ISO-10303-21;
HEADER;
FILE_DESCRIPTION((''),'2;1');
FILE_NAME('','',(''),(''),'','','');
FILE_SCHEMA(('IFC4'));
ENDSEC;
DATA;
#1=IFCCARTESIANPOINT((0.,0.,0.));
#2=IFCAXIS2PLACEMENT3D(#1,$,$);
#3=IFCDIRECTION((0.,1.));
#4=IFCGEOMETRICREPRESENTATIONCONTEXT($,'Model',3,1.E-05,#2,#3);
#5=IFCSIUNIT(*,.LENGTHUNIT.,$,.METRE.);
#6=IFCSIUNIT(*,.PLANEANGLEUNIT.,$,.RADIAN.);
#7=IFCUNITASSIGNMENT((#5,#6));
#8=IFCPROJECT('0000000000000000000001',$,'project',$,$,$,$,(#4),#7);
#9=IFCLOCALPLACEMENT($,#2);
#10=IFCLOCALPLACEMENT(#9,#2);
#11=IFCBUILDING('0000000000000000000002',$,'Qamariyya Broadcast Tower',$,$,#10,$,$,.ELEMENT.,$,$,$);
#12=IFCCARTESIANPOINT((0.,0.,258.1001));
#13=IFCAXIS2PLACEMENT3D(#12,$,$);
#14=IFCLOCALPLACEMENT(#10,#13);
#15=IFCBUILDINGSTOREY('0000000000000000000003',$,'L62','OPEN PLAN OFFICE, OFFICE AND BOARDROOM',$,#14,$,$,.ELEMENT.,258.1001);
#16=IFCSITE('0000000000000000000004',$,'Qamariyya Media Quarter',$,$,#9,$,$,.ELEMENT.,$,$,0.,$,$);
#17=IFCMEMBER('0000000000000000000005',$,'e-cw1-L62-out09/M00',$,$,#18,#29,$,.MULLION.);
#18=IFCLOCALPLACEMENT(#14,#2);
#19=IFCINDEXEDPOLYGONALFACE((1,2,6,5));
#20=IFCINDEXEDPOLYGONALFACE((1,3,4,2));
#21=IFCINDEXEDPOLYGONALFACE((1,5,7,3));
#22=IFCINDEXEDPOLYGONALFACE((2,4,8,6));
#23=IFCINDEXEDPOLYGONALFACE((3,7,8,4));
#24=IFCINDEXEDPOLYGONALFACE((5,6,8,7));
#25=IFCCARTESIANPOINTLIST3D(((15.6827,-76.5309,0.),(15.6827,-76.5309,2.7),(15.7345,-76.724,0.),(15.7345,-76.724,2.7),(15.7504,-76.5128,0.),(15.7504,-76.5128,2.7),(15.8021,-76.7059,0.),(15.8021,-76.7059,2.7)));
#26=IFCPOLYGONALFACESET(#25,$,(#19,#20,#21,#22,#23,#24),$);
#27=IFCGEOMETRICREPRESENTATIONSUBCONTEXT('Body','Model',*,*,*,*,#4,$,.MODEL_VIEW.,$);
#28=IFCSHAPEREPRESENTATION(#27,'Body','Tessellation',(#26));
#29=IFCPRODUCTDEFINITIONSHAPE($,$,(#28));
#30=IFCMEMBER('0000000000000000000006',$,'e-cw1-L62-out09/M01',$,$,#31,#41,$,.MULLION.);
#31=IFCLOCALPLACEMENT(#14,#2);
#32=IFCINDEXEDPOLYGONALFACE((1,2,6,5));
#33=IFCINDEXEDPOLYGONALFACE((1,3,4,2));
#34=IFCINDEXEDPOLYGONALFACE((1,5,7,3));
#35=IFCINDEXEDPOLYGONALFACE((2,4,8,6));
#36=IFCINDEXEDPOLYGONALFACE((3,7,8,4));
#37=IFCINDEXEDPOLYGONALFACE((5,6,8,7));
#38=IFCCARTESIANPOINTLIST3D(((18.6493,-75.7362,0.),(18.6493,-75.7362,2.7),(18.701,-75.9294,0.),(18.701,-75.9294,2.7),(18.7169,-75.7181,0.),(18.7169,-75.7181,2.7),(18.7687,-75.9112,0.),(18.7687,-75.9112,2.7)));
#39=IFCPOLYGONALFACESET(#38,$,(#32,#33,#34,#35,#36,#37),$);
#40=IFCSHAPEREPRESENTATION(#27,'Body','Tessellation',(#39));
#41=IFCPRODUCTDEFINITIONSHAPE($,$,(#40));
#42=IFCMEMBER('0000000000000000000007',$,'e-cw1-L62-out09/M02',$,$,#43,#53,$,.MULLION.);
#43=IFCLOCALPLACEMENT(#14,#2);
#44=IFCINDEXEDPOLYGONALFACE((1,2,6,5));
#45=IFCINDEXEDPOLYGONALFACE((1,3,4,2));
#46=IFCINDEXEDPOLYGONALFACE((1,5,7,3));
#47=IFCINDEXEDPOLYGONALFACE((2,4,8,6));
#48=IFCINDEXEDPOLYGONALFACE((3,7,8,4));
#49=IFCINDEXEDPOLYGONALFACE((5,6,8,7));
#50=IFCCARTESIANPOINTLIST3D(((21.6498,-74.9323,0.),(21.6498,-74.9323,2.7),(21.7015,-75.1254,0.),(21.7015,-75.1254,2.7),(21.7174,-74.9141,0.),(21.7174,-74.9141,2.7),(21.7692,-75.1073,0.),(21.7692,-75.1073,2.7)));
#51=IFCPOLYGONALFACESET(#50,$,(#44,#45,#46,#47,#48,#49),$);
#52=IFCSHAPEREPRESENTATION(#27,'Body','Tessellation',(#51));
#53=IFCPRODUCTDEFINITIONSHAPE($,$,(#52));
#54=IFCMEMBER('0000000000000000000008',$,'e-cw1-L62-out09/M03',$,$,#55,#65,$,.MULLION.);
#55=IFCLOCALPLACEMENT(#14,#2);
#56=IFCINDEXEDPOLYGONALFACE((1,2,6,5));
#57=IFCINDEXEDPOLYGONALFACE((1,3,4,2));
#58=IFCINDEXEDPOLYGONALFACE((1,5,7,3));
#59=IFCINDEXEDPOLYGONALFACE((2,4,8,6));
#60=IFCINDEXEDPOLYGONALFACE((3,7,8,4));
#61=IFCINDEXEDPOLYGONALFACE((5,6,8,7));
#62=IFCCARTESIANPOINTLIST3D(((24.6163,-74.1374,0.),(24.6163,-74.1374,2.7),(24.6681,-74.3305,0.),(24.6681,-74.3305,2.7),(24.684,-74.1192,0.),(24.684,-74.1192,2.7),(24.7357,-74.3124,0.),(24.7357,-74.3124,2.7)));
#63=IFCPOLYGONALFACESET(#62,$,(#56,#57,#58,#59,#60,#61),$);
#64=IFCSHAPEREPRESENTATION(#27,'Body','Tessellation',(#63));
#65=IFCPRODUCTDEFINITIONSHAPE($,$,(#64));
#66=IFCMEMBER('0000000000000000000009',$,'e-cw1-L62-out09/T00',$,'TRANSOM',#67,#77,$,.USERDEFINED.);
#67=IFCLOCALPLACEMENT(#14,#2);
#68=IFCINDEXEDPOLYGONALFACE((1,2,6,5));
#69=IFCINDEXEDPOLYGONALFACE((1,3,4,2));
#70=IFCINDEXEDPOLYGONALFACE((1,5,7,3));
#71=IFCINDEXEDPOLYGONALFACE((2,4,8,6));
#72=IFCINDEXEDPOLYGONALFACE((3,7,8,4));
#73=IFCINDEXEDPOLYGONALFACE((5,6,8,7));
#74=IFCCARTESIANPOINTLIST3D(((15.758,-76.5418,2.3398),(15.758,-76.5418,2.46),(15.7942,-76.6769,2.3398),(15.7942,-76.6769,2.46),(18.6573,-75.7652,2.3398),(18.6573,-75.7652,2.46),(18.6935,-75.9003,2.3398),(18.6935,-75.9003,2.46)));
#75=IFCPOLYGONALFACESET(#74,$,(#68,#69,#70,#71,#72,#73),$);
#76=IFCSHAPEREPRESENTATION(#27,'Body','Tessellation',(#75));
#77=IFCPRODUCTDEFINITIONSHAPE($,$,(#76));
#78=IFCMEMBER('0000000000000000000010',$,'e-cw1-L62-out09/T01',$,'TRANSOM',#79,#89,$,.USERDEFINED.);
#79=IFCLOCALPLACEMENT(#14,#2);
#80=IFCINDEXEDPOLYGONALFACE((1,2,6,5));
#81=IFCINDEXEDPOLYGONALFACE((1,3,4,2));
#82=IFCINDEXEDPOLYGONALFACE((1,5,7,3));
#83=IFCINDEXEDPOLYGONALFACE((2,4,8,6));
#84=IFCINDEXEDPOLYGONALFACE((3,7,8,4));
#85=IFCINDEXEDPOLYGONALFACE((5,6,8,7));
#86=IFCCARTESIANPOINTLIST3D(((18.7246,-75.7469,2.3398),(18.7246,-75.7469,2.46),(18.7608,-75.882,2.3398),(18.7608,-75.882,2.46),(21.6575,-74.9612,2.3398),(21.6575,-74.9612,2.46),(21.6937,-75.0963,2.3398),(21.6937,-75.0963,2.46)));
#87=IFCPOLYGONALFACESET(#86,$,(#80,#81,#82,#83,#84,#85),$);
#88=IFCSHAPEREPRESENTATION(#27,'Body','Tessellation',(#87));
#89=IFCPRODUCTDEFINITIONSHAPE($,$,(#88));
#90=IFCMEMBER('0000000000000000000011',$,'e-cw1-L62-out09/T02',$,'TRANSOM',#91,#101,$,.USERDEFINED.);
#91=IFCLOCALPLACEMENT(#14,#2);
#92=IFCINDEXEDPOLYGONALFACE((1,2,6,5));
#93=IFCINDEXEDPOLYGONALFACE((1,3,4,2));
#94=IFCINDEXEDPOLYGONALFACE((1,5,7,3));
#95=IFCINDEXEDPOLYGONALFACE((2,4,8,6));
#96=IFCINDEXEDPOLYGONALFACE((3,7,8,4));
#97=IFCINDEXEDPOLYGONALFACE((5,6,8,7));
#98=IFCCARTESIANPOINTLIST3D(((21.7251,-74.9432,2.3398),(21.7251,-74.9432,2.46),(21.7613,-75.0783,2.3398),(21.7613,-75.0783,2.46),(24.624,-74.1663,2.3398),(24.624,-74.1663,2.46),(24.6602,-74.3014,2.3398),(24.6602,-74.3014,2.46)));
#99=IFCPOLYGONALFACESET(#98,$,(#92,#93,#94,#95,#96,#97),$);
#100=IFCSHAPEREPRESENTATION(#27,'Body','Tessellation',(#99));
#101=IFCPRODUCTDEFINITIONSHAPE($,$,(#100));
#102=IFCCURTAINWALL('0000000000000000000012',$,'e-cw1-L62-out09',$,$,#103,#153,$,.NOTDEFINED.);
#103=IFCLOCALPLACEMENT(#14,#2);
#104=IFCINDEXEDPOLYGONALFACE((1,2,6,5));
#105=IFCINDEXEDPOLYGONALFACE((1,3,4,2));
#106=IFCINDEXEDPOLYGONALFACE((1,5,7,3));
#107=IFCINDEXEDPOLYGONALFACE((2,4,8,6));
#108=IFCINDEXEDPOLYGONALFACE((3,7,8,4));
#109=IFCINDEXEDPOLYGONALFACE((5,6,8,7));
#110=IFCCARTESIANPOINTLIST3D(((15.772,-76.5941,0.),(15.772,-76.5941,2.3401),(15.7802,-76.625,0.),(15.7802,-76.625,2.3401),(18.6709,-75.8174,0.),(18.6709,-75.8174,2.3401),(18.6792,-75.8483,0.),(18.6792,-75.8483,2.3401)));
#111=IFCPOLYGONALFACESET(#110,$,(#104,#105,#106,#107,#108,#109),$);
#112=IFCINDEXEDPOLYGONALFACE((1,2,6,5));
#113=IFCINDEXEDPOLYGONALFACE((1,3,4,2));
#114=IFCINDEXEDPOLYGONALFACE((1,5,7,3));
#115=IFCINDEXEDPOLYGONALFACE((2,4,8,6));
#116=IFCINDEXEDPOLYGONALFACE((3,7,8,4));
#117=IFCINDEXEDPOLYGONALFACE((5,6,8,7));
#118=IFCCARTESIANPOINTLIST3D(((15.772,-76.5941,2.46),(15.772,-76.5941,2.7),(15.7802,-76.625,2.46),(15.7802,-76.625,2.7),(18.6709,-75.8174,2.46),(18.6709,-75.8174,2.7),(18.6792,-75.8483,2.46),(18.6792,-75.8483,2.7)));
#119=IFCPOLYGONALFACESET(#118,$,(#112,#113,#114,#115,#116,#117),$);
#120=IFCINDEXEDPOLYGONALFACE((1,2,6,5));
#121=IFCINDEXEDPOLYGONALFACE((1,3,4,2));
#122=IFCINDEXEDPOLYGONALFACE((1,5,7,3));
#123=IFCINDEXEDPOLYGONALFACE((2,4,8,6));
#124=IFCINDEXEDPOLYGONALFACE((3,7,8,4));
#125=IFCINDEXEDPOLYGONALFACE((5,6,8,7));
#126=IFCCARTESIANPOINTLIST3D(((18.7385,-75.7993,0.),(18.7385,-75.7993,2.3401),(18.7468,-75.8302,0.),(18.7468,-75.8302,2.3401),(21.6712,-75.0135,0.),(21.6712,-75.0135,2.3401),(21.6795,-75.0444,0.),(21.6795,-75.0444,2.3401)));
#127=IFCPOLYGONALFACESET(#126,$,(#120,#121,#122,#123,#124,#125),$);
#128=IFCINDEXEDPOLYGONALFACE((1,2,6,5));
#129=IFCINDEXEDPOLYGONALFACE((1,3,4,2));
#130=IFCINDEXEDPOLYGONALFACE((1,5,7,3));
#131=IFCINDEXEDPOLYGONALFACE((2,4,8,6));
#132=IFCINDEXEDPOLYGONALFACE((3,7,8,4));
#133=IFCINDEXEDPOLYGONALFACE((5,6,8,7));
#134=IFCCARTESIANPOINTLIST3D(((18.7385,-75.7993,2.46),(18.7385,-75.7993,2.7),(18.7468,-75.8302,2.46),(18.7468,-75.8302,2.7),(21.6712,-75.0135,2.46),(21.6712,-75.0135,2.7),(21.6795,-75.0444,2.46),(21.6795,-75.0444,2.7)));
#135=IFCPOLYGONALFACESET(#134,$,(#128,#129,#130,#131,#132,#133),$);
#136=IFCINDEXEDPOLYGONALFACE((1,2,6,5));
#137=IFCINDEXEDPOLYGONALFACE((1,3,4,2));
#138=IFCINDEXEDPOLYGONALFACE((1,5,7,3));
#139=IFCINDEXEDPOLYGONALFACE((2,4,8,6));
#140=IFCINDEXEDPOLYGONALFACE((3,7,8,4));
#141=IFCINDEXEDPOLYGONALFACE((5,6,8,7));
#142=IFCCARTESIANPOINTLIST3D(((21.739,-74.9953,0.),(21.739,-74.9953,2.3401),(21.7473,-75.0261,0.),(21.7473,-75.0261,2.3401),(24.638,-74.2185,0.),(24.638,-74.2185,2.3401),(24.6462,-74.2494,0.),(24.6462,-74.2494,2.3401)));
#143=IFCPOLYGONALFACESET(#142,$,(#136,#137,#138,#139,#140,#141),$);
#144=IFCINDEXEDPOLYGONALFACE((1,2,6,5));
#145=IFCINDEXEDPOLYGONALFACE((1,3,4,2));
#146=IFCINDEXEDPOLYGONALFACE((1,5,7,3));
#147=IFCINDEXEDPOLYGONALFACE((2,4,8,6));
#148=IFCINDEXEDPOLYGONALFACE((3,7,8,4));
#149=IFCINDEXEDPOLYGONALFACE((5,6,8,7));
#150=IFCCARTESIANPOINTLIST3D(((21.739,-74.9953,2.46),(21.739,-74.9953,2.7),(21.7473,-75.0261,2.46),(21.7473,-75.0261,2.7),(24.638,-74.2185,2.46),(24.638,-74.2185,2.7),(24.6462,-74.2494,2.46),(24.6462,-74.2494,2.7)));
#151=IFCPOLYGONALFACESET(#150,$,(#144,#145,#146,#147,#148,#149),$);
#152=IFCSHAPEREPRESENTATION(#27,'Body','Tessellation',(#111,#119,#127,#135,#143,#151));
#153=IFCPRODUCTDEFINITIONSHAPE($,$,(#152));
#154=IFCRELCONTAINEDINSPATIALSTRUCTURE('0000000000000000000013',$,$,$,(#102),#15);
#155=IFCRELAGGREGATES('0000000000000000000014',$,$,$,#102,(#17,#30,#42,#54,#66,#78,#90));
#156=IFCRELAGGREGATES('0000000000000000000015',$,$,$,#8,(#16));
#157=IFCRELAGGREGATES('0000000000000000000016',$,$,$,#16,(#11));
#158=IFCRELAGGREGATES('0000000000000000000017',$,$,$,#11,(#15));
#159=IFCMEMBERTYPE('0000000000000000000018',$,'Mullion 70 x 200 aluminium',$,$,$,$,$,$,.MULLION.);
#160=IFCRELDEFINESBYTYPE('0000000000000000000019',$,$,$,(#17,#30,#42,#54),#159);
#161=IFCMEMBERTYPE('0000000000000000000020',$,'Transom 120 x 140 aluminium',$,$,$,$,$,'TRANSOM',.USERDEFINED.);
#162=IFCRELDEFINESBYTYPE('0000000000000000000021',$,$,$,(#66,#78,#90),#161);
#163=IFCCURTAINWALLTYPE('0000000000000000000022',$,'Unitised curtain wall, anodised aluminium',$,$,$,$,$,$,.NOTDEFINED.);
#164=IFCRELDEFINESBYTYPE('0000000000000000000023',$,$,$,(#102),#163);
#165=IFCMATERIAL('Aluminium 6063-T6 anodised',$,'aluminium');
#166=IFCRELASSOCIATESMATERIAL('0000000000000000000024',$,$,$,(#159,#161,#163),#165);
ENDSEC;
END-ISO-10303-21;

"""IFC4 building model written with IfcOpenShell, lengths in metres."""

from ifc_helpers import new_model, si_unit, direction, frame, origin, origin_2d, place, context, subcontext, project, spatial, rectangle, extrude, material, material_profile, profile_set, type_object, element, aggregate, save


model = new_model("IFC4")

# Units and contexts
model_context = context("Model", 3, precision=1e-05, world=origin(), true_north=direction((0.0, 1.0)))
body_context = subcontext(model_context, "Body", "Model", "MODEL_VIEW")
ifc_project = project(units=[si_unit("LENGTHUNIT", "METRE"), si_unit("PLANEANGLEUNIT", "RADIAN")], contexts=[model_context])

# Members
ifc_material = material(Name="Aluminium 6063-T6 anodised", Category="aluminium")
ifc_material_profile_1 = material_profile(ifc_material, rectangle(XDim=0.2, YDim=0.0701, at=origin_2d()))
ifc_profile_set_1 = profile_set([ifc_material_profile_1], Name="Aluminium 6063-T6 anodised")
member_type_1 = type_object("IfcMemberType", Name="Mullion 70 x 200 aluminium", PredefinedType="MULLION", material=ifc_profile_set_1)
site_placement = place(None, origin())
building_placement = place(site_placement, origin())
storey_placement = place(building_placement, frame((0.0, 0.0, 258.1001)))
member_1_placement = place(storey_placement, frame((15.7424, -76.6184, 0.0), z_axis=(0.0, 0.0, 1.0), x_axis=(-0.258819, 0.965926, 0.0)))
member_1 = element("IfcMember", 1, at=member_1_placement, type_object=member_type_1, Name="e-cw1-L62-out09/M00", PredefinedType="MULLION", context=body_context, shape_type="SweptSolid", body=[
    extrude(rectangle(XDim=0.2, YDim=0.0701, at=origin_2d()), origin(), (0.0, 0.0, 1.0), 2.7),
])
member_2_placement = place(storey_placement, frame((18.709, -75.8237, 0.0), z_axis=(0.0, 0.0, 1.0), x_axis=(-0.258819, 0.965926, 0.0)))
member_2 = element("IfcMember", 2, at=member_2_placement, type_object=member_type_1, Name="e-cw1-L62-out09/M01", PredefinedType="MULLION", context=body_context, shape_type="SweptSolid", body=[
    extrude(rectangle(XDim=0.2, YDim=0.0701, at=origin_2d()), origin(), (0.0, 0.0, 1.0), 2.7),
])
member_3_placement = place(storey_placement, frame((21.7095, -75.0198, 0.0), z_axis=(0.0, 0.0, 1.0), x_axis=(-0.258819, 0.965926, 0.0)))
member_3 = element("IfcMember", 3, at=member_3_placement, type_object=member_type_1, Name="e-cw1-L62-out09/M02", PredefinedType="MULLION", context=body_context, shape_type="SweptSolid", body=[
    extrude(rectangle(XDim=0.2, YDim=0.0701, at=origin_2d()), origin(), (0.0, 0.0, 1.0), 2.7),
])
member_4_placement = place(storey_placement, frame((24.676, -74.2249, 0.0), z_axis=(0.0, 0.0, 1.0), x_axis=(-0.258819, 0.965926, 0.0)))
member_4 = element("IfcMember", 4, at=member_4_placement, type_object=member_type_1, Name="e-cw1-L62-out09/M03", PredefinedType="MULLION", context=body_context, shape_type="SweptSolid", body=[
    extrude(rectangle(XDim=0.2, YDim=0.0701, at=origin_2d()), origin(), (0.0, 0.0, 1.0), 2.7),
])
ifc_material_profile_2 = material_profile(ifc_material, rectangle(XDim=0.1399, YDim=0.1201, at=origin_2d()))
ifc_profile_set_2 = profile_set([ifc_material_profile_2], Name="Aluminium 6063-T6 anodised")
member_type_2 = type_object("IfcMemberType", Name="Transom 120 x 140 aluminium", ElementType="TRANSOM", PredefinedType="USERDEFINED", material=ifc_profile_set_2)
member_5_placement = place(storey_placement, frame((15.7761, -76.6094, 2.3999), z_axis=(0.965944, 0.258751, 0.0), x_axis=(-0.258751, 0.965944, 0.0)))
member_5 = element("IfcMember", 5, at=member_5_placement, type_object=member_type_2, Name="e-cw1-L62-out09/T00", ObjectType="TRANSOM", PredefinedType="USERDEFINED", context=body_context, shape_type="SweptSolid", body=[
    extrude(rectangle(XDim=0.1399, YDim=0.1201, at=origin_2d()), origin(), (0.0, 0.0, 1.0), 3.0015),
])
member_6_placement = place(storey_placement, frame((18.7427, -75.8145, 2.3999), z_axis=(0.965943, 0.258754, 0.0), x_axis=(-0.258754, 0.965943, 0.0)))
member_6 = element("IfcMember", 6, at=member_6_placement, type_object=member_type_2, Name="e-cw1-L62-out09/T01", ObjectType="TRANSOM", PredefinedType="USERDEFINED", context=body_context, shape_type="SweptSolid", body=[
    extrude(rectangle(XDim=0.1399, YDim=0.1201, at=origin_2d()), origin(), (0.0, 0.0, 1.0), 3.0364),
])
member_7_placement = place(storey_placement, frame((21.7432, -75.0107, 2.3999), z_axis=(0.965918, 0.258847, 0.0), x_axis=(-0.258847, 0.965918, 0.0)))
member_7 = element("IfcMember", 7, at=member_7_placement, type_object=member_type_2, Name="e-cw1-L62-out09/T02", ObjectType="TRANSOM", PredefinedType="USERDEFINED", context=body_context, shape_type="SweptSolid", body=[
    extrude(rectangle(XDim=0.1399, YDim=0.1201, at=origin_2d()), origin(), (0.0, 0.0, 1.0), 3.0012),
])

# Site, building, storey
site = spatial("IfcSite", under=ifc_project, at=site_placement, Name="Qamariyya Media Quarter", CompositionType="ELEMENT", RefElevation=0.0)
building = spatial("IfcBuilding", under=site, at=building_placement, Name="Qamariyya Broadcast Tower", CompositionType="ELEMENT")
storey = spatial("IfcBuildingStorey", under=building, at=storey_placement, Name="L62", Description="OPEN PLAN OFFICE, OFFICE AND BOARDROOM", CompositionType="ELEMENT", Elevation=258.1001)

# Curtain wall
curtain_wall_type = type_object("IfcCurtainWallType", Name="Unitised curtain wall, anodised aluminium", PredefinedType="NOTDEFINED", material=ifc_material)
curtain_wall_1_placement = place(storey_placement, origin())
curtain_wall_1 = element("IfcCurtainWall", 8, at=curtain_wall_1_placement, inside=storey, type_object=curtain_wall_type, Name="e-cw1-L62-out09", PredefinedType="NOTDEFINED", context=body_context, shape_type="SweptSolid", body=[
    extrude(rectangle(XDim=3.0012, YDim=0.032, at=origin_2d()), frame((17.2256, -76.2212, 0.0), x_axis=(0.965926, 0.258819, 0.0)), (0.0, 0.0, 1.0), 2.3401),
    extrude(rectangle(XDim=3.0012, YDim=0.032, at=origin_2d()), frame((17.2256, -76.2212, 2.46), x_axis=(0.965926, 0.258819, 0.0)), (0.0, 0.0, 1.0), 0.24),
    extrude(rectangle(XDim=3.0361, YDim=0.032, at=origin_2d()), frame((20.209, -75.4219, 0.0), x_axis=(0.965926, 0.258819, 0.0)), (0.0, 0.0, 1.0), 2.3401),
    extrude(rectangle(XDim=3.0361, YDim=0.032, at=origin_2d()), frame((20.209, -75.4219, 2.46), x_axis=(0.965926, 0.258819, 0.0)), (0.0, 0.0, 1.0), 0.24),
    extrude(rectangle(XDim=3.0012, YDim=0.032, at=origin_2d()), frame((23.1926, -74.6223, 0.0), x_axis=(0.965926, 0.258819, 0.0)), (0.0, 0.0, 1.0), 2.3401),
    extrude(rectangle(XDim=3.0012, YDim=0.032, at=origin_2d()), frame((23.1926, -74.6223, 2.46), x_axis=(0.965926, 0.258819, 0.0)), (0.0, 0.0, 1.0), 0.24),
])
aggregate(curtain_wall_1, [member_1, member_2, member_3, member_4, member_5, member_6, member_7])

save(model, "model.ifc")
